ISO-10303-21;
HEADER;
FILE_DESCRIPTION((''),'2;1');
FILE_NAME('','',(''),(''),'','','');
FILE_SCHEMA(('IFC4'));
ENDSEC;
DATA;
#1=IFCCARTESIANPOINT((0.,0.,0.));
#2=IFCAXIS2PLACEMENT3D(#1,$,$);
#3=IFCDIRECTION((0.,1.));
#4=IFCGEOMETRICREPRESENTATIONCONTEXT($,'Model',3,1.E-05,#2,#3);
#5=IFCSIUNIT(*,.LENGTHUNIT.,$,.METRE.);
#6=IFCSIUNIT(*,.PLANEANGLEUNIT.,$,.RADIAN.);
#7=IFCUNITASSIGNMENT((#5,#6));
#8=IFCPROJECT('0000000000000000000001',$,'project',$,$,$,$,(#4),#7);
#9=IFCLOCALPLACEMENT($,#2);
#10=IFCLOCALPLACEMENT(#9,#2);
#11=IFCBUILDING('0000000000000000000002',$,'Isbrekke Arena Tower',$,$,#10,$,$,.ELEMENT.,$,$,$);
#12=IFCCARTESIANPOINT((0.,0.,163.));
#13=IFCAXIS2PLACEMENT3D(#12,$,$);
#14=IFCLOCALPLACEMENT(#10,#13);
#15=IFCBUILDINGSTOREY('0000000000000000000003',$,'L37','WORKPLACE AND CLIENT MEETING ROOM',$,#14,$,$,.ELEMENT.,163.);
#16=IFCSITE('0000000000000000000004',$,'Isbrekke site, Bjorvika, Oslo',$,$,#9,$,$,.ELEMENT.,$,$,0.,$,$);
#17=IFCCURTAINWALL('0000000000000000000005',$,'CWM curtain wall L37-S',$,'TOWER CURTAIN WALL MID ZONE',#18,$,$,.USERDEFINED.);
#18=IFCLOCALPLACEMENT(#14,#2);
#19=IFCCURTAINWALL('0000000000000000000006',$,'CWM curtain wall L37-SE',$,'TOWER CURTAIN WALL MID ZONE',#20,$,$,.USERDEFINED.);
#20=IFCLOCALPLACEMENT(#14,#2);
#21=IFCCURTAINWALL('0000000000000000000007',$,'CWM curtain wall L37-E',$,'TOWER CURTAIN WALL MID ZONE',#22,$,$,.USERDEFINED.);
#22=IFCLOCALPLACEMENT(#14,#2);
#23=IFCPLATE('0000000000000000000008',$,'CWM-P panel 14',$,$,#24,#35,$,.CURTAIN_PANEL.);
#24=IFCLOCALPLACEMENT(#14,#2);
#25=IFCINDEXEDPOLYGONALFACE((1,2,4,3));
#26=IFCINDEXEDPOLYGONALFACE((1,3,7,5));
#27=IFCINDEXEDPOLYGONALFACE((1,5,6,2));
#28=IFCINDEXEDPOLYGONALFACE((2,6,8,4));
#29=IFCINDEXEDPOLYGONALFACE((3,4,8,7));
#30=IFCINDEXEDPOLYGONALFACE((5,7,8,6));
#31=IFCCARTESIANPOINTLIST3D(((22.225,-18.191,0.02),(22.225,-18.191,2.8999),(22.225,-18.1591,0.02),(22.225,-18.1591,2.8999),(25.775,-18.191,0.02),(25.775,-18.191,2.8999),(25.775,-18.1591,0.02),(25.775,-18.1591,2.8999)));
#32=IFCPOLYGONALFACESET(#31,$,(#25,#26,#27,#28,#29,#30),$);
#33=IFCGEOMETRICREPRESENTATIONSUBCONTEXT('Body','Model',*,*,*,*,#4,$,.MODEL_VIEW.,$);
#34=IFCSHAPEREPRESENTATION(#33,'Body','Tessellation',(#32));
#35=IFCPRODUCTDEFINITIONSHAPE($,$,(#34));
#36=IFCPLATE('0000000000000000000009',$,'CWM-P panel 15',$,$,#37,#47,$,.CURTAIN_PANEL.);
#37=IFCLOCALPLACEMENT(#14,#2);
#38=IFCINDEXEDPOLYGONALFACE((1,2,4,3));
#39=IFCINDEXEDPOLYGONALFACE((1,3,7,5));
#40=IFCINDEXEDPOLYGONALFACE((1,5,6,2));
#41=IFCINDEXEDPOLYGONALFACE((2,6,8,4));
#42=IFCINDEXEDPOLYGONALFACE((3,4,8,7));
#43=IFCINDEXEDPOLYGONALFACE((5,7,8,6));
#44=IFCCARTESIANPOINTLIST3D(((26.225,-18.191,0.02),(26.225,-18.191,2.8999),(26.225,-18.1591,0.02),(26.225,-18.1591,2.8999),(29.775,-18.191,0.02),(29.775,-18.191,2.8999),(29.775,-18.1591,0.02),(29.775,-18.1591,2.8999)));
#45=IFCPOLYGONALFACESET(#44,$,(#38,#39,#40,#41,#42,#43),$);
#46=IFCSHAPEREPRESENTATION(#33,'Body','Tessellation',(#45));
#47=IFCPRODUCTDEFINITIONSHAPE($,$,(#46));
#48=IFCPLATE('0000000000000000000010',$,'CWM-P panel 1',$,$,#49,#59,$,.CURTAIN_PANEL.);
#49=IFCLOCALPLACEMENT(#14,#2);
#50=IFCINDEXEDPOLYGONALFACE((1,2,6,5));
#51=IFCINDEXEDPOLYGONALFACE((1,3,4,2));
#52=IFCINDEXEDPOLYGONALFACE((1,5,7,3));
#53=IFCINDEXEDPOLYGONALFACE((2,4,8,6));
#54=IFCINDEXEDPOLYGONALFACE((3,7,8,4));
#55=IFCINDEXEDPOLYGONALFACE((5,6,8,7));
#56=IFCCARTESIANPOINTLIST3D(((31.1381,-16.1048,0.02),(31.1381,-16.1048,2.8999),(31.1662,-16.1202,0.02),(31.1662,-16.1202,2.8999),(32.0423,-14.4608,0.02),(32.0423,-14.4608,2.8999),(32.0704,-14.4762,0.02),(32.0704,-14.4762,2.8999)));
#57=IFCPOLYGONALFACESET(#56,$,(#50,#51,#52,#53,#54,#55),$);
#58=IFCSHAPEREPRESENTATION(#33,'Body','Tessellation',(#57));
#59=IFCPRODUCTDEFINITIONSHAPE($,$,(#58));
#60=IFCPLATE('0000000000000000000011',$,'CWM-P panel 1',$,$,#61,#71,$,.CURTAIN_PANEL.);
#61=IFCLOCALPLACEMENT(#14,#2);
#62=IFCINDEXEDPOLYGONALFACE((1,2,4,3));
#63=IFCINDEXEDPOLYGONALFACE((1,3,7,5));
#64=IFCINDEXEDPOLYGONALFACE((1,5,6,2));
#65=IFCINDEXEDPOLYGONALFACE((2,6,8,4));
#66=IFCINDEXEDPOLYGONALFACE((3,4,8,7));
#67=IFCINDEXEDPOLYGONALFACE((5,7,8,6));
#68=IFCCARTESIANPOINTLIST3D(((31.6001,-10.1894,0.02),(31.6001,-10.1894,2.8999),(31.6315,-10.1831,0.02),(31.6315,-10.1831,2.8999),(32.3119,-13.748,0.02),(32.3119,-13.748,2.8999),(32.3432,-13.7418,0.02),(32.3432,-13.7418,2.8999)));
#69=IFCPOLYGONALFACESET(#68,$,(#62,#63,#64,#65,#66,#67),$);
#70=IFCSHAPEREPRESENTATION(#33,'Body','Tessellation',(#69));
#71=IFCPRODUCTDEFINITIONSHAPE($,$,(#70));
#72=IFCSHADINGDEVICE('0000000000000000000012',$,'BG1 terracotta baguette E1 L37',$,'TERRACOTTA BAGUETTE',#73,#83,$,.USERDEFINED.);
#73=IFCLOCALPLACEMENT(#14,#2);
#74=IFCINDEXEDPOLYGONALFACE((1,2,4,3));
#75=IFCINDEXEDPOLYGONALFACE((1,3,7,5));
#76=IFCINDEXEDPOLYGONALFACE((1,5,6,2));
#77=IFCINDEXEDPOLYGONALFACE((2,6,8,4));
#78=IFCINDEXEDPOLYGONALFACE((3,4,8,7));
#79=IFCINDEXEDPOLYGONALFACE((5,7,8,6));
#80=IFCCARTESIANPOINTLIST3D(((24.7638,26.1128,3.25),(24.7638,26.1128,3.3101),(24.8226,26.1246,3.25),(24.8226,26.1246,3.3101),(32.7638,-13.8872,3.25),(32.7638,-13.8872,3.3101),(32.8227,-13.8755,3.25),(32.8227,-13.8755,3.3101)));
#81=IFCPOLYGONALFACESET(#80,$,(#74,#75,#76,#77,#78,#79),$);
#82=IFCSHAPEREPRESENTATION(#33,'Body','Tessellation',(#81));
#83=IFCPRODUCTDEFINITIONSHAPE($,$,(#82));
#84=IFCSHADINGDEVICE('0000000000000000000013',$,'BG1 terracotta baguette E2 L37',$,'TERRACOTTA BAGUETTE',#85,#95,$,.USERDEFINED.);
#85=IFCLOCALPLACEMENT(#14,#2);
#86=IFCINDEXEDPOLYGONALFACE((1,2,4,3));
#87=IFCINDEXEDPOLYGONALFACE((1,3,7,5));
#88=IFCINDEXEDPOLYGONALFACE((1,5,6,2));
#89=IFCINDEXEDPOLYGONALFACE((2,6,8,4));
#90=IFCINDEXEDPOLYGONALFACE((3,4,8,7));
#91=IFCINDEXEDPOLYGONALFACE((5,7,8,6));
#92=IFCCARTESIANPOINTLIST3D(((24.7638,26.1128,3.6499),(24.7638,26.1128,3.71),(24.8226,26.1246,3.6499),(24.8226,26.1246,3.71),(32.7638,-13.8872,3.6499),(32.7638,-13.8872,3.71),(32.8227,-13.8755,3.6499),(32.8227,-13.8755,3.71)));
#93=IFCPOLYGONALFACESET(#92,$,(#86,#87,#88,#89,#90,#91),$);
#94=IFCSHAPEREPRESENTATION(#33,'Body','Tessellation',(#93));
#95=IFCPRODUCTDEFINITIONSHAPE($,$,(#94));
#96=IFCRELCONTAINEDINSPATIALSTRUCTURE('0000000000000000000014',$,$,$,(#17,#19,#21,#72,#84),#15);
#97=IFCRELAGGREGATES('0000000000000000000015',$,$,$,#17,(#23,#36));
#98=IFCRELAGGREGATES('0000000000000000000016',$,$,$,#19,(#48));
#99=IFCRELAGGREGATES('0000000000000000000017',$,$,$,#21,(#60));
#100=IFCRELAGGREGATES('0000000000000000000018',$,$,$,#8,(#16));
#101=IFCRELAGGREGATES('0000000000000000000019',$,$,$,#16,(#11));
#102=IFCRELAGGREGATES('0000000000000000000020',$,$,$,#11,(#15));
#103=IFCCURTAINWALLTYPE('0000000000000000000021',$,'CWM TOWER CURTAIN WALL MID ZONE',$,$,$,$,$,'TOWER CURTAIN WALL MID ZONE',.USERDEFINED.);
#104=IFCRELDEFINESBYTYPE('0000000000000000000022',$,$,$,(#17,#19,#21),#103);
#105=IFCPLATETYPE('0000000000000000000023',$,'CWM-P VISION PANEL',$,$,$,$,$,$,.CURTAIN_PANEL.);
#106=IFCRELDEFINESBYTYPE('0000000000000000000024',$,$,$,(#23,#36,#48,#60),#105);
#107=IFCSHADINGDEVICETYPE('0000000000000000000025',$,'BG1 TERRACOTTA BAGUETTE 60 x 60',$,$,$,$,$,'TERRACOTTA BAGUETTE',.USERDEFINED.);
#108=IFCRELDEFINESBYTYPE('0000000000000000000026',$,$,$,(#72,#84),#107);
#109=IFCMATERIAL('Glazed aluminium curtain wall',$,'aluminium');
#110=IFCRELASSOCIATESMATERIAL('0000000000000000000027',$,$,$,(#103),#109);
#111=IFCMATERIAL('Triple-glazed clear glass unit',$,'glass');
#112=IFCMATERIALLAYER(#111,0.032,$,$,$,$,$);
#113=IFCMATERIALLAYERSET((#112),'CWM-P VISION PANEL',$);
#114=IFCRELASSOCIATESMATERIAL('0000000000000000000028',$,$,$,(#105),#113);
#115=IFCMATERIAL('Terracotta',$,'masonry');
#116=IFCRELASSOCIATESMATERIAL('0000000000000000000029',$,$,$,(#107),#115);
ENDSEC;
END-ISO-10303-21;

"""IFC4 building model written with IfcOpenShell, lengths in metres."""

from ifc_helpers import new_model, si_unit, direction, frame, origin, origin_2d, place, context, subcontext, project, spatial, rectangle, extrude, material, layer, layer_set, material_profile, profile_set, type_object, element, aggregate, save


model = new_model("IFC4")

# Units and contexts
model_context = context("Model", 3, precision=1e-05, world=origin(), true_north=direction((0.0, 1.0)))
body_context = subcontext(model_context, "Body", "Model", "MODEL_VIEW")
ifc_project = project(units=[si_unit("LENGTHUNIT", "METRE"), si_unit("PLANEANGLEUNIT", "RADIAN")], contexts=[model_context])

# Site, building, storey
site_placement = place(None, origin())
site = spatial("IfcSite", under=ifc_project, at=site_placement, Name="Isbrekke site, Bjorvika, Oslo", CompositionType="ELEMENT", RefElevation=0.0)
building_placement = place(site_placement, origin())
building = spatial("IfcBuilding", under=site, at=building_placement, Name="Isbrekke Arena Tower", CompositionType="ELEMENT")
storey_placement = place(building_placement, frame((0.0, 0.0, 163.0)))
storey = spatial("IfcBuildingStorey", under=building, at=storey_placement, Name="L37", Description="WORKPLACE AND CLIENT MEETING ROOM", CompositionType="ELEMENT", Elevation=163.0)

# Curtain walls
ifc_material_1 = material(Name="Glazed aluminium curtain wall", Category="aluminium")
curtain_wall_type = type_object("IfcCurtainWallType", Name="CWM TOWER CURTAIN WALL MID ZONE", ElementType="TOWER CURTAIN WALL MID ZONE", PredefinedType="USERDEFINED", material=ifc_material_1)
curtain_wall_1_placement = place(storey_placement, origin())
curtain_wall_1 = element("IfcCurtainWall", 1, at=curtain_wall_1_placement, inside=storey, type_object=curtain_wall_type, Name="CWM curtain wall L37-S", ObjectType="TOWER CURTAIN WALL MID ZONE", PredefinedType="USERDEFINED")
curtain_wall_2_placement = place(storey_placement, origin())
curtain_wall_2 = element("IfcCurtainWall", 2, at=curtain_wall_2_placement, inside=storey, type_object=curtain_wall_type, Name="CWM curtain wall L37-SE", ObjectType="TOWER CURTAIN WALL MID ZONE", PredefinedType="USERDEFINED")

# Curtain wall
curtain_wall_3_placement = place(storey_placement, origin())
curtain_wall_3 = element("IfcCurtainWall", 3, at=curtain_wall_3_placement, inside=storey, type_object=curtain_wall_type, Name="CWM curtain wall L37-E", ObjectType="TOWER CURTAIN WALL MID ZONE", PredefinedType="USERDEFINED")

# Plates
ifc_material_2 = material(Name="Triple-glazed clear glass unit", Category="glass")
ifc_layer = layer(ifc_material_2, 0.032)
ifc_layer_set = layer_set([ifc_layer], Name="CWM-P VISION PANEL")
plate_type = type_object("IfcPlateType", Name="CWM-P VISION PANEL", PredefinedType="CURTAIN_PANEL", material=ifc_layer_set)
plate_1_placement = place(storey_placement, frame((24.0, -18.175, 0.02), z_axis=(0.0, 0.0, 1.0), x_axis=(1.0, 0.0, 0.0)))
plate_1 = element("IfcPlate", 4, at=plate_1_placement, type_object=plate_type, Name="CWM-P panel 14", PredefinedType="CURTAIN_PANEL", context=body_context, shape_type="SweptSolid", body=[
    extrude(rectangle(XDim=3.55, YDim=0.032, at=origin_2d()), origin(), (0.0, 0.0, 1.0), 2.8799),
])
plate_2_placement = place(storey_placement, frame((28.0, -18.175, 0.02), z_axis=(0.0, 0.0, 1.0), x_axis=(1.0, 0.0, 0.0)))
plate_2 = element("IfcPlate", 5, at=plate_2_placement, type_object=plate_type, Name="CWM-P panel 15", PredefinedType="CURTAIN_PANEL", context=body_context, shape_type="SweptSolid", body=[
    extrude(rectangle(XDim=3.55, YDim=0.032, at=origin_2d()), origin(), (0.0, 0.0, 1.0), 2.8799),
])
aggregate(curtain_wall_1, [plate_1, plate_2])
plate_3_placement = place(storey_placement, frame((31.6042, -15.2905, 0.02), z_axis=(0.0, 0.0, 1.0), x_axis=(0.481919, 0.876216, 0.0)))
plate_3 = element("IfcPlate", 6, at=plate_3_placement, type_object=plate_type, Name="CWM-P panel 1", PredefinedType="CURTAIN_PANEL", context=body_context, shape_type="SweptSolid", body=[
    extrude(rectangle(XDim=1.8762, YDim=0.032, at=origin_2d()), origin(), (0.0, 0.0, 1.0), 2.8799),
])
aggregate(curtain_wall_2, [plate_3])
plate_4_placement = place(storey_placement, frame((31.9717, -11.9656, 0.02), z_axis=(0.0, 0.0, 1.0), x_axis=(-0.196116, 0.980581, 0.0)))
plate_4 = element("IfcPlate", 7, at=plate_4_placement, type_object=plate_type, Name="CWM-P panel 1", PredefinedType="CURTAIN_PANEL", context=body_context, shape_type="SweptSolid", body=[
    extrude(rectangle(XDim=3.6292, YDim=0.032, at=origin_2d()), origin(), (0.0, 0.0, 1.0), 2.8799),
])
aggregate(curtain_wall_3, [plate_4])

# Shading devices
ifc_material_3 = material(Name="Terracotta", Category="masonry")
ifc_material_profile_1 = material_profile(ifc_material_3, rectangle(XDim=0.0601, YDim=0.0601, at=origin_2d()), Name="BAGUETTE 60X60")
ifc_profile_set_1 = profile_set([ifc_material_profile_1], Name="Terracotta")
shading_device_type = type_object("IfcShadingDeviceType", Name="BG1 TERRACOTTA BAGUETTE 60 x 60", ElementType="TERRACOTTA BAGUETTE", PredefinedType="USERDEFINED", material=ifc_profile_set_1)
for number, where, z_axis, x_axis, name in (
    (8, (32.7932, -13.8813, 3.28), (-0.196116, 0.980581, 0.0), (-0.980581, -0.196116, 0.0), "BG1 terracotta baguette E1 L37"),
    (9, (32.7932, -13.8813, 3.6799), (-0.196116, 0.980581, 0.0), (-0.980581, -0.196116, 0.0), "BG1 terracotta baguette E2 L37"),
):
    element("IfcShadingDevice", number, at=place(storey_placement, frame(where, z_axis=z_axis, x_axis=x_axis)), inside=storey, type_object=shading_device_type, Name=name, ObjectType="TERRACOTTA BAGUETTE", PredefinedType="USERDEFINED", context=body_context, shape_type="SweptSolid", body=[
        extrude(rectangle(XDim=0.0601, YDim=0.0601, at=origin_2d()), origin(), (0.0, 0.0, 1.0), 40.7922),
    ])

save(model, "model.ifc")
